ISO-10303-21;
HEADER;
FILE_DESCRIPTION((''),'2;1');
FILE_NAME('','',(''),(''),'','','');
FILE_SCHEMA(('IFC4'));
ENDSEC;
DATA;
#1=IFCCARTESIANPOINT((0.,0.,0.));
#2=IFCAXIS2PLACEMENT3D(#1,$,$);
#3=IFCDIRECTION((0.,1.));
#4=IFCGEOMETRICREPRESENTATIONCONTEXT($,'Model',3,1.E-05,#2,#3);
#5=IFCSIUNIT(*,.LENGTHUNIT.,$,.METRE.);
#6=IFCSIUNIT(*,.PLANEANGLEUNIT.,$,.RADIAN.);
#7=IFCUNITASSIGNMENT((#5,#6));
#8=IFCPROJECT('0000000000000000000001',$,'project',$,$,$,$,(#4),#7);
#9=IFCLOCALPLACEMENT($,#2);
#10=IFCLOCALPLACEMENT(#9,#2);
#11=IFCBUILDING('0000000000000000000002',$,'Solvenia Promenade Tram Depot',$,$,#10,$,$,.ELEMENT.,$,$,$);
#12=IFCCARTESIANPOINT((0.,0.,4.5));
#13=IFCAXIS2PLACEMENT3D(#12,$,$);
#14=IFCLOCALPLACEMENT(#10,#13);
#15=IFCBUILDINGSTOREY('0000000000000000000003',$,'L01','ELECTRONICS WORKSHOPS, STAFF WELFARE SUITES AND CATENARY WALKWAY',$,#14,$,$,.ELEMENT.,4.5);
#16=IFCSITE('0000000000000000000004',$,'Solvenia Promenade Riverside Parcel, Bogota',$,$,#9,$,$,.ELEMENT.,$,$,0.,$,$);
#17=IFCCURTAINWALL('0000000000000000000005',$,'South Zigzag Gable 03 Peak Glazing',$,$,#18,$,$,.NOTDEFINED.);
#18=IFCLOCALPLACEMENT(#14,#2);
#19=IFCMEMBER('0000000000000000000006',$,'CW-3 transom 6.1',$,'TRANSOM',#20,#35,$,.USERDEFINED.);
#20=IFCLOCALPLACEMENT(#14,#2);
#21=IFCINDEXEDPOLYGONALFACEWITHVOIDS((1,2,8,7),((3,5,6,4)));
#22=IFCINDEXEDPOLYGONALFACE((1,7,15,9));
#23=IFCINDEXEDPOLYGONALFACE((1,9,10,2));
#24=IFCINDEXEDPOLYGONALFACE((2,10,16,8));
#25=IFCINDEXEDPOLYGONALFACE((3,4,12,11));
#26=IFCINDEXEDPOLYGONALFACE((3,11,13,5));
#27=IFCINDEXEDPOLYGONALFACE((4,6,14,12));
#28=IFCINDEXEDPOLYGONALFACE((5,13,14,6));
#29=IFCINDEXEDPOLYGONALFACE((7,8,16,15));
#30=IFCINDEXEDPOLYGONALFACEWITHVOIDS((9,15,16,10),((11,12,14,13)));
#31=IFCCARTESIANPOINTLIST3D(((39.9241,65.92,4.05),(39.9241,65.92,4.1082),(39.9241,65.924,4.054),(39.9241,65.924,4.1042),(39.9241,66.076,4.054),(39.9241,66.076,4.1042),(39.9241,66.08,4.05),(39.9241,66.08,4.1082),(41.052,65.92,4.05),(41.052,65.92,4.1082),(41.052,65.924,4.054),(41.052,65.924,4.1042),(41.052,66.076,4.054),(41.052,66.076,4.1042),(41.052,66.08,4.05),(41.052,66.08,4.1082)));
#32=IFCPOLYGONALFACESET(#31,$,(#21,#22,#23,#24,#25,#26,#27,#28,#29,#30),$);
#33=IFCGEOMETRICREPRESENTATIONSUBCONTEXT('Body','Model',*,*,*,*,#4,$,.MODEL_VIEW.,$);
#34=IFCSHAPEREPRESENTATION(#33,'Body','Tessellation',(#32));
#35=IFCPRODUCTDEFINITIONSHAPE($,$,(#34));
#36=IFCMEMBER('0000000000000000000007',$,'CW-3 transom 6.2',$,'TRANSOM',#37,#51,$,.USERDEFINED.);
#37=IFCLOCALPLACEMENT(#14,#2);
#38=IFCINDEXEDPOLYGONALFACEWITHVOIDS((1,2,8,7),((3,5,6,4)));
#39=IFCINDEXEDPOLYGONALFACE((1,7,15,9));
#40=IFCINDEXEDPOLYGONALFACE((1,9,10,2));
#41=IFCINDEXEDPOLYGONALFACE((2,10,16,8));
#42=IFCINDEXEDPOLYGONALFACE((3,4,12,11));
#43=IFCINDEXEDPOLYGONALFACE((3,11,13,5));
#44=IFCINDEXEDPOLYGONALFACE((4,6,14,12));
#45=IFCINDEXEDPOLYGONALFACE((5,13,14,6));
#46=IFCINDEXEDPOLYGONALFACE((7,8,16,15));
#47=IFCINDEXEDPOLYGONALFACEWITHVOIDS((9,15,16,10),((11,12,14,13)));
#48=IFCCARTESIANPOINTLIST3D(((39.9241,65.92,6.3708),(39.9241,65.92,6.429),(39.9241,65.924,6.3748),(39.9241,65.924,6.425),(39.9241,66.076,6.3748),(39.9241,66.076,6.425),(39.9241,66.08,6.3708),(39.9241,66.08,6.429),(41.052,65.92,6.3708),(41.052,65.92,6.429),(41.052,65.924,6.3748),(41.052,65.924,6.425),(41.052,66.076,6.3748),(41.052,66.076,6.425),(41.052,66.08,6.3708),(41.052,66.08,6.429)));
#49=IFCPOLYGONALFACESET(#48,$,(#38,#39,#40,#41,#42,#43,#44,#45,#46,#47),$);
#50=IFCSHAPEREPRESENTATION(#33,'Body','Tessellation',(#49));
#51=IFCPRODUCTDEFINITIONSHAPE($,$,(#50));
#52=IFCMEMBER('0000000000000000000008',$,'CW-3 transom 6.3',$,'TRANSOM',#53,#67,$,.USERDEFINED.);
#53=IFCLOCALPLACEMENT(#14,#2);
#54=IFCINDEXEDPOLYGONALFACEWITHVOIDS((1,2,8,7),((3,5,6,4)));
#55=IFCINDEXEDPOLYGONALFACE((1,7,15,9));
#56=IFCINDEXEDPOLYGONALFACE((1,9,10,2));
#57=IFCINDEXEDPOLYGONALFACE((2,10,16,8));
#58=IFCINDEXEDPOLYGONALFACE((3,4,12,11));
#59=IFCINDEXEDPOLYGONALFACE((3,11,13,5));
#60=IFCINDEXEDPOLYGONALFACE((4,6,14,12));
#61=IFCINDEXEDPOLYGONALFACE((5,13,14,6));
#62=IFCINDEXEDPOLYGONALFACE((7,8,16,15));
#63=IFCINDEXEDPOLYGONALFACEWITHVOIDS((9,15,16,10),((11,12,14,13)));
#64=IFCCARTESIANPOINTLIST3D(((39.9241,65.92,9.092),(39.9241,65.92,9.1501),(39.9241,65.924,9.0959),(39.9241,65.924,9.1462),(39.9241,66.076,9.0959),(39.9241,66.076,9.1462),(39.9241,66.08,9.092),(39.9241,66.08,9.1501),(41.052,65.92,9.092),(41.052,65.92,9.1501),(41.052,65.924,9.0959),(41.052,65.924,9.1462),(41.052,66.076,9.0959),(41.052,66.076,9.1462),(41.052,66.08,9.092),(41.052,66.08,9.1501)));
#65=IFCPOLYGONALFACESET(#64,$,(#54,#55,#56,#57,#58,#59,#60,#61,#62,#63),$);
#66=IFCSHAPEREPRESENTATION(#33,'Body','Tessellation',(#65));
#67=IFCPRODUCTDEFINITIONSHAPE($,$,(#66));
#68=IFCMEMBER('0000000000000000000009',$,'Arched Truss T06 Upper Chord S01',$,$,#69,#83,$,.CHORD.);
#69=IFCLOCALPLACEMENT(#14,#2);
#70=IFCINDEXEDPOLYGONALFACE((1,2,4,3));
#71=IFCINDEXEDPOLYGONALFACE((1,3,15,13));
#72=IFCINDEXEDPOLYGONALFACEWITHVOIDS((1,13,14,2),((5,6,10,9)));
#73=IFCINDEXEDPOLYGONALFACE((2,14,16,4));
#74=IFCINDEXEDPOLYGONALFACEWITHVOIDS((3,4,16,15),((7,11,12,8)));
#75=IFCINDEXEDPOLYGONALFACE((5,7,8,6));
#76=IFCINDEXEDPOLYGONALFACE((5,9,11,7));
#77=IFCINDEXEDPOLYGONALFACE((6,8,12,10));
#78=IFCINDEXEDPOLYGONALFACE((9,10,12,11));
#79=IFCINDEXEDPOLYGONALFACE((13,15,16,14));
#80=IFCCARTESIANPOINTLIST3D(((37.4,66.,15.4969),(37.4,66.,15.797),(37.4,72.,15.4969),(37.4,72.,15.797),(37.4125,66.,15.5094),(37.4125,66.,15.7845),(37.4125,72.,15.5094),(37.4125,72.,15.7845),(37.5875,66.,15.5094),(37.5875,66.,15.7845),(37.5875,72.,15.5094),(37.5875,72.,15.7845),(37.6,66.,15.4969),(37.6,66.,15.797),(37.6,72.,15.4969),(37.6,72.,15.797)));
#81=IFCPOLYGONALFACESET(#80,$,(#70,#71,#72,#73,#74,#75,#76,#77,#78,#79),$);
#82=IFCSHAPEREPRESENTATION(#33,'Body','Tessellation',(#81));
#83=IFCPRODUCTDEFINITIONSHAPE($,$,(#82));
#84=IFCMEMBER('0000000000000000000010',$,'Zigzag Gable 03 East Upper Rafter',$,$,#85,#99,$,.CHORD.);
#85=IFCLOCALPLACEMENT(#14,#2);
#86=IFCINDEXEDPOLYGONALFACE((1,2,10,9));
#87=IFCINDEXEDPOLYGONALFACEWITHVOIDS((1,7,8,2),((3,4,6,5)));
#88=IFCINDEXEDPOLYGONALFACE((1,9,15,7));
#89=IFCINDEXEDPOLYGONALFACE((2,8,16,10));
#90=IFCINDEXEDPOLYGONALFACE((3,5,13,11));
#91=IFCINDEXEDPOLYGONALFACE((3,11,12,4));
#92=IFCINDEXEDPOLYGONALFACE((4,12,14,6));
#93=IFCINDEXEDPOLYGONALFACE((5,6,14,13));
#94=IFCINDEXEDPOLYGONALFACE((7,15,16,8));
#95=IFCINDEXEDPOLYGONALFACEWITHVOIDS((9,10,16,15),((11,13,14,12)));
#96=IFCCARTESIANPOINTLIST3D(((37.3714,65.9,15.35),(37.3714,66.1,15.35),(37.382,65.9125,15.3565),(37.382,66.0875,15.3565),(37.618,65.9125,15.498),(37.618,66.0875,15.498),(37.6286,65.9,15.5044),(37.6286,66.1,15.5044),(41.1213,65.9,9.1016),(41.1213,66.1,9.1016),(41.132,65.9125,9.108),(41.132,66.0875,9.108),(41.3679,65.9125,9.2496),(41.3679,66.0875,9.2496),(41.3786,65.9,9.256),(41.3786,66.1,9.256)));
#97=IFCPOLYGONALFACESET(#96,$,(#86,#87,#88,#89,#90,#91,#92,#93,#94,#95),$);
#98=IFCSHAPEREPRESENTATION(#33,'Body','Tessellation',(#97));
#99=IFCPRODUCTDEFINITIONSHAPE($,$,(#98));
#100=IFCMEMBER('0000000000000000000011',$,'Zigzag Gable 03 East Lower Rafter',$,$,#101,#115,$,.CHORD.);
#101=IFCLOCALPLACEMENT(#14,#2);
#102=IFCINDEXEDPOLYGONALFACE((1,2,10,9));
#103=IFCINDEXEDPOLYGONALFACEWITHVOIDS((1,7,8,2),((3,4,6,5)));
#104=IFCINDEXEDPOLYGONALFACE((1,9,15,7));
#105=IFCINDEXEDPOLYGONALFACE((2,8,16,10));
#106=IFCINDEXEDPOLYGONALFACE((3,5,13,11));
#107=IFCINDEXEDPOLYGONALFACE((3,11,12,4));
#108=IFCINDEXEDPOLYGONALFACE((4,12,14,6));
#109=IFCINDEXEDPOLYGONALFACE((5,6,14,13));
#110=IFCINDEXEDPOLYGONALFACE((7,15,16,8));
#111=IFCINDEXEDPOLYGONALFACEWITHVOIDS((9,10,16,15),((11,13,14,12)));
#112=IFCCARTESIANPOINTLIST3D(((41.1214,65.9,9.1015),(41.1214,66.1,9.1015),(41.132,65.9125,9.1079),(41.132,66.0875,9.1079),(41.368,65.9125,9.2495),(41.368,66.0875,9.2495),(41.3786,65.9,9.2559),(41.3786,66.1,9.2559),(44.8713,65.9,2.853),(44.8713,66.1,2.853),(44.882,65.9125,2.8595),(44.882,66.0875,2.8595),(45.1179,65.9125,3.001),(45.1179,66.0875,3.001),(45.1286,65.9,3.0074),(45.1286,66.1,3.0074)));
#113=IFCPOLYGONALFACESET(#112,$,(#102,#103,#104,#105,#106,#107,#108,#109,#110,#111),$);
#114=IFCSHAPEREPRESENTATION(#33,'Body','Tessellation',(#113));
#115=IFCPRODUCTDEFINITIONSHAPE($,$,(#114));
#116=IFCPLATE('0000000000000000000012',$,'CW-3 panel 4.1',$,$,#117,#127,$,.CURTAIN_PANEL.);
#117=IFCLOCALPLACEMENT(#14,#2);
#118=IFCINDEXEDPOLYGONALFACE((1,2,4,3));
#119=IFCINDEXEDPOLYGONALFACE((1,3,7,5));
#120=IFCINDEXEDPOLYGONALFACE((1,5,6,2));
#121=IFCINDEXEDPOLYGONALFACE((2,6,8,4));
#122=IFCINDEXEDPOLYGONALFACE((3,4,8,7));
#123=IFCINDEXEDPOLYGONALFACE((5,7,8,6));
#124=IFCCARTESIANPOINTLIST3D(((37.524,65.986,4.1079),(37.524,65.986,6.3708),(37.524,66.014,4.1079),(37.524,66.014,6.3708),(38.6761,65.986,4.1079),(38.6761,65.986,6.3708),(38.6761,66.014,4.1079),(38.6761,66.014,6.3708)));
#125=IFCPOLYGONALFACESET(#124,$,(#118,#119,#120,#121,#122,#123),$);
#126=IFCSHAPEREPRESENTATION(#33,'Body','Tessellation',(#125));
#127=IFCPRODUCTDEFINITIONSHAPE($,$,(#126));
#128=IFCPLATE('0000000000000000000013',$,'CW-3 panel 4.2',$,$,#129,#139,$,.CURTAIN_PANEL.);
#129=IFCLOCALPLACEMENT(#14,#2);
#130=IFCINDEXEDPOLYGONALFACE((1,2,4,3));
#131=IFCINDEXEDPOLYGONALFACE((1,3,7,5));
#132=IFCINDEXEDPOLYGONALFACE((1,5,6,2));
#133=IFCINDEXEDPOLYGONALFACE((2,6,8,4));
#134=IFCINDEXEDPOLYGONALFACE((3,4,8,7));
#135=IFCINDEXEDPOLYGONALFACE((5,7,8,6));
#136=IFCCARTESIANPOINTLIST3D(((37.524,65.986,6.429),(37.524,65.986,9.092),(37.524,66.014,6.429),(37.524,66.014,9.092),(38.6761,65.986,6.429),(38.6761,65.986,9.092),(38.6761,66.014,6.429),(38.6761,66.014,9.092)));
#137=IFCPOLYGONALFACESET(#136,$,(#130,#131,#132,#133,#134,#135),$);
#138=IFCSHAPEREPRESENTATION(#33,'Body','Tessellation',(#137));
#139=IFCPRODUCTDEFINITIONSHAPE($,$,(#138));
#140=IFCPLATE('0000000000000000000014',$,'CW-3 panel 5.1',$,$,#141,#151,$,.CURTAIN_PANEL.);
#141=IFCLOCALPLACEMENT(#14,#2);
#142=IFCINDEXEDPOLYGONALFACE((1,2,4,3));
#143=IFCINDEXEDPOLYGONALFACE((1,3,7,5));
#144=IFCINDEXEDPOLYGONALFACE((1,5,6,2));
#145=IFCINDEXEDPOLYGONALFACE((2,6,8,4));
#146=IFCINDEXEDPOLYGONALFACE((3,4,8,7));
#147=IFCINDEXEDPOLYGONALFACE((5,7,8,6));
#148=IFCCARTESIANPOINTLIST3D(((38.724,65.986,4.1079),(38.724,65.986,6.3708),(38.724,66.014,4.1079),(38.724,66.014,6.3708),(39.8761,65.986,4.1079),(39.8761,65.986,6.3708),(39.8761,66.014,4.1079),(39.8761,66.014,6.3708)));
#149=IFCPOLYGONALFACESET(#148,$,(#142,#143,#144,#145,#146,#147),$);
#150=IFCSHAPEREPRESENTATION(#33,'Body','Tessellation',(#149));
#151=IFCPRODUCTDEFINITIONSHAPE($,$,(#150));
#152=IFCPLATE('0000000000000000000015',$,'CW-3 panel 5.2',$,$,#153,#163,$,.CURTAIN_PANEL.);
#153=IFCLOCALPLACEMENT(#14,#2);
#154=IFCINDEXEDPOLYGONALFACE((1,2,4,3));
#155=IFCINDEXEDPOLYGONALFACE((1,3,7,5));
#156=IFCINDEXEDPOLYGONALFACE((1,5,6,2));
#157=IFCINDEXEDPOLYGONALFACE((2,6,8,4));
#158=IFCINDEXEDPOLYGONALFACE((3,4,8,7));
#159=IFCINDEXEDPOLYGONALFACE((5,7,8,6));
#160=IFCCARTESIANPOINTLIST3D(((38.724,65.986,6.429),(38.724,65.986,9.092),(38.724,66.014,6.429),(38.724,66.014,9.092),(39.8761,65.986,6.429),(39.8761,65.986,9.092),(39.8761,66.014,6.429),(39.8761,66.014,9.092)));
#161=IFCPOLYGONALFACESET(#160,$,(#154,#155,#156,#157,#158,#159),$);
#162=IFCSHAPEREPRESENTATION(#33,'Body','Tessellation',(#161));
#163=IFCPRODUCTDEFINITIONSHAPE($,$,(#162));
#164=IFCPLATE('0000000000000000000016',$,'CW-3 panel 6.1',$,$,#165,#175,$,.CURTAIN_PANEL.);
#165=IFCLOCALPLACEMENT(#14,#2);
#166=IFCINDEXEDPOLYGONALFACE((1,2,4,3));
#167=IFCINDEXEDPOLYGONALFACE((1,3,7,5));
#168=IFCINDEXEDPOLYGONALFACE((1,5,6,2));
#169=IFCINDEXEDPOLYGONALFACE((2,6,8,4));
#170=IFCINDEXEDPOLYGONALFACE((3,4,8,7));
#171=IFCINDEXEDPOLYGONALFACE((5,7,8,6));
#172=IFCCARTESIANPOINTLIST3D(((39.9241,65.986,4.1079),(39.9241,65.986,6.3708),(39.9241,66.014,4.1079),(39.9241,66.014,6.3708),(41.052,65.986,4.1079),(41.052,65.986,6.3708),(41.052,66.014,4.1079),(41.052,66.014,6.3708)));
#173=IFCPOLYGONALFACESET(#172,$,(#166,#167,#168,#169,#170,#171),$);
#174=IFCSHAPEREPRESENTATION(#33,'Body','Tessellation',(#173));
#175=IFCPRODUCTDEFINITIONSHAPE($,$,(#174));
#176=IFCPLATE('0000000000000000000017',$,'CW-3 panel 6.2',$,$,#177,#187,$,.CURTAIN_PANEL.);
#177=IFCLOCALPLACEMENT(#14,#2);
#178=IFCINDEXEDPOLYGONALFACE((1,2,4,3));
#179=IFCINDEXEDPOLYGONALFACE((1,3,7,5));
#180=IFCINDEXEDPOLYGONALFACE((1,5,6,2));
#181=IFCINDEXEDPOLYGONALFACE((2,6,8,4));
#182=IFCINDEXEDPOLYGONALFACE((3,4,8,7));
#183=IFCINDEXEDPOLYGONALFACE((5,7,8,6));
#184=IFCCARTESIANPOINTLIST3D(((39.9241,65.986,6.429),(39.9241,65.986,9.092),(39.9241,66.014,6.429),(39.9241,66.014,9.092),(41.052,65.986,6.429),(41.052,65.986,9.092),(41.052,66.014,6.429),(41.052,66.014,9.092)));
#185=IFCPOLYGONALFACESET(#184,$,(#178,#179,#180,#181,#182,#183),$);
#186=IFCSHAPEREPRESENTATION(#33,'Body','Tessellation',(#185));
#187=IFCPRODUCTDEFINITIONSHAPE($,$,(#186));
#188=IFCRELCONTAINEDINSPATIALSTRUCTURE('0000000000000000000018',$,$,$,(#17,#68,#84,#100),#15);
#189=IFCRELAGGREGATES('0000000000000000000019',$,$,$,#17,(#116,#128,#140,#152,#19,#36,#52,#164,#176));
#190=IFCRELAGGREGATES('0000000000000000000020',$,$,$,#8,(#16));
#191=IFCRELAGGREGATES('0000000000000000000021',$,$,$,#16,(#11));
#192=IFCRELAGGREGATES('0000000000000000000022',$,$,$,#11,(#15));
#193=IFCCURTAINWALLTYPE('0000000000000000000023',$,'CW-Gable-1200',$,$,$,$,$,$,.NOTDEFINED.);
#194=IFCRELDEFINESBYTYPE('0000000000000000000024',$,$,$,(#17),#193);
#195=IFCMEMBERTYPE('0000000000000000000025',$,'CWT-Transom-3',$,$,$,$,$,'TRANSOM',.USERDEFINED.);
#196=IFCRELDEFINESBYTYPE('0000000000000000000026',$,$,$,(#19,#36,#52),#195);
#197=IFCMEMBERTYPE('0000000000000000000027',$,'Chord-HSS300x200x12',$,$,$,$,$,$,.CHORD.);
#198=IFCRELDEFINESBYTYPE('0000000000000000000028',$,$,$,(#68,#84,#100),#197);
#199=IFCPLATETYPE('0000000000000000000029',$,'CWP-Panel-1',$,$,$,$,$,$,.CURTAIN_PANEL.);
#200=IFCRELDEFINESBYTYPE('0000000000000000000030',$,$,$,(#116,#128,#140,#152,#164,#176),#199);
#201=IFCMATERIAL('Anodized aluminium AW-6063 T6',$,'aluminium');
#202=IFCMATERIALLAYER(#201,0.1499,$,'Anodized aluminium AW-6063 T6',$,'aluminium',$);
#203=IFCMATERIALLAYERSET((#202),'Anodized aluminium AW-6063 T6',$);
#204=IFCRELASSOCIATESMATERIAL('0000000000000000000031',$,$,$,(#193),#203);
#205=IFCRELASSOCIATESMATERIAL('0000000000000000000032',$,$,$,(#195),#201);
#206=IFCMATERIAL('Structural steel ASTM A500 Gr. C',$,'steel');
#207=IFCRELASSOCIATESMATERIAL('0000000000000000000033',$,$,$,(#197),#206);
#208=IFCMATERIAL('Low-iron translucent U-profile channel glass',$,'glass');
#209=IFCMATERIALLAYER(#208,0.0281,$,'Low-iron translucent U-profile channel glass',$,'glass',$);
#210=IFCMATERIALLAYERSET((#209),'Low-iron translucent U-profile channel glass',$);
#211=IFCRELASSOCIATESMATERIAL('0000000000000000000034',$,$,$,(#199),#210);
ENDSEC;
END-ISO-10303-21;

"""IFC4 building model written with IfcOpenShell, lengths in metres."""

from ifc_helpers import new_model, si_unit, direction, frame, origin, origin_2d, place, context, subcontext, project, spatial, rectangle, hollow_rectangle, extrude, material, layer, layer_set, material_profile, profile_set, type_object, element, aggregate, save


model = new_model("IFC4")

# Units and contexts
model_context = context("Model", 3, precision=1e-05, world=origin(), true_north=direction((0.0, 1.0)))
body_context = subcontext(model_context, "Body", "Model", "MODEL_VIEW")
ifc_project = project(units=[si_unit("LENGTHUNIT", "METRE"), si_unit("PLANEANGLEUNIT", "RADIAN")], contexts=[model_context])

# Site, building, storey
site_placement = place(None, origin())
site = spatial("IfcSite", under=ifc_project, at=site_placement, Name="Solvenia Promenade Riverside Parcel, Bogota", CompositionType="ELEMENT", RefElevation=0.0)
building_placement = place(site_placement, origin())
building = spatial("IfcBuilding", under=site, at=building_placement, Name="Solvenia Promenade Tram Depot", CompositionType="ELEMENT")
storey_placement = place(building_placement, frame((0.0, 0.0, 4.5)))
storey = spatial("IfcBuildingStorey", under=building, at=storey_placement, Name="L01", Description="ELECTRONICS WORKSHOPS, STAFF WELFARE SUITES AND CATENARY WALKWAY", CompositionType="ELEMENT", Elevation=4.5)

# Curtain wall
ifc_material_1 = material(Name="Anodized aluminium AW-6063 T6", Category="aluminium")
ifc_layer_1 = layer(ifc_material_1, 0.1499, Name="Anodized aluminium AW-6063 T6", Category="aluminium")
ifc_layer_set_1 = layer_set([ifc_layer_1], Name="Anodized aluminium AW-6063 T6")
curtain_wall_type_1 = type_object("IfcCurtainWallType", Name="CW-Gable-1200", PredefinedType="NOTDEFINED", material=ifc_layer_set_1)
curtain_wall_1_placement = place(storey_placement, origin())
curtain_wall_1 = element("IfcCurtainWall", 1, at=curtain_wall_1_placement, inside=storey, type_object=curtain_wall_type_1, Name="South Zigzag Gable 03 Peak Glazing", PredefinedType="NOTDEFINED")

# Members
ifc_material_profile_1 = material_profile(ifc_material_1, hollow_rectangle(XDim=0.1599, YDim=0.0581, WallThickness=0.0039, at=origin_2d()), Name="ALU-T3", Category="aluminium")
ifc_profile_set_1 = profile_set([ifc_material_profile_1], Name="Anodized aluminium AW-6063 T6")
member_type_1 = type_object("IfcMemberType", Name="CWT-Transom-3", ElementType="TRANSOM", PredefinedType="USERDEFINED", material=ifc_profile_set_1)
member_1_placement = place(storey_placement, frame((39.9241, 66.0, 4.0791), z_axis=(1.0, 0.0, 0.0), x_axis=(0.0, 1.0, 0.0)))
member_1 = element("IfcMember", 2, at=member_1_placement, type_object=member_type_1, Name="CW-3 transom 6.1", ObjectType="TRANSOM", PredefinedType="USERDEFINED", context=body_context, shape_type="SweptSolid", body=[
    extrude(hollow_rectangle(XDim=0.1599, YDim=0.0581, WallThickness=0.0039, at=origin_2d()), origin(), (0.0, 0.0, 1.0), 1.1279),
])
member_2_placement = place(storey_placement, frame((39.9241, 66.0, 6.3999), z_axis=(1.0, 0.0, 0.0), x_axis=(0.0, 1.0, 0.0)))
member_2 = element("IfcMember", 3, at=member_2_placement, type_object=member_type_1, Name="CW-3 transom 6.2", ObjectType="TRANSOM", PredefinedType="USERDEFINED", context=body_context, shape_type="SweptSolid", body=[
    extrude(hollow_rectangle(XDim=0.1599, YDim=0.0581, WallThickness=0.0039, at=origin_2d()), origin(), (0.0, 0.0, 1.0), 1.1279),
])
member_3_placement = place(storey_placement, frame((39.9241, 66.0, 9.1211), z_axis=(1.0, 0.0, 0.0), x_axis=(0.0, 1.0, 0.0)))
member_3 = element("IfcMember", 4, at=member_3_placement, type_object=member_type_1, Name="CW-3 transom 6.3", ObjectType="TRANSOM", PredefinedType="USERDEFINED", context=body_context, shape_type="SweptSolid", body=[
    extrude(hollow_rectangle(XDim=0.1599, YDim=0.0581, WallThickness=0.0039, at=origin_2d()), origin(), (0.0, 0.0, 1.0), 1.1279),
])

# Members
ifc_material_2 = material(Name="Structural steel ASTM A500 Gr. C", Category="steel")
ifc_material_profile_2 = material_profile(ifc_material_2, hollow_rectangle(XDim=0.2, YDim=0.3, WallThickness=0.0125, at=origin_2d()), Name="HSS300x200x12.5", Category="steel")
ifc_profile_set_2 = profile_set([ifc_material_profile_2], Name="Structural steel ASTM A500 Gr. C")
member_type_2 = type_object("IfcMemberType", Name="Chord-HSS300x200x12", PredefinedType="CHORD", material=ifc_profile_set_2)
member_4_placement = place(storey_placement, frame((37.5, 66.0, 15.647), z_axis=(0.0, 1.0, 0.0), x_axis=(-1.0, 0.0, 0.0)))
element("IfcMember", 5, at=member_4_placement, inside=storey, type_object=member_type_2, Name="Arched Truss T06 Upper Chord S01", PredefinedType="CHORD", context=body_context, shape_type="SweptSolid", body=[
    extrude(hollow_rectangle(XDim=0.2, YDim=0.3, WallThickness=0.0125, at=origin_2d()), origin(), (0.0, 0.0, 1.0), 6.0),
])
for number, where, z_axis, x_axis, name in (
    (6, (37.5, 66.0, 15.4272), (0.514584, 0.0, -0.85744), (0.0, 1.0, 0.0), "Zigzag Gable 03 East Upper Rafter"),
    (7, (41.25, 66.0, 9.1787), (0.514584, 0.0, -0.85744), (0.0, 1.0, 0.0), "Zigzag Gable 03 East Lower Rafter"),
):
    element("IfcMember", number, at=place(storey_placement, frame(where, z_axis=z_axis, x_axis=x_axis)), inside=storey, type_object=member_type_2, Name=name, PredefinedType="CHORD", context=body_context, shape_type="SweptSolid", body=[
        extrude(hollow_rectangle(XDim=0.2, YDim=0.3, WallThickness=0.0125, at=origin_2d()), origin(), (0.0, 0.0, 1.0), 7.2874),
    ])

# Plates
ifc_material_3 = material(Name="Low-iron translucent U-profile channel glass", Category="glass")
ifc_layer_2 = layer(ifc_material_3, 0.0281, Name="Low-iron translucent U-profile channel glass", Category="glass")
ifc_layer_set_2 = layer_set([ifc_layer_2], Name="Low-iron translucent U-profile channel glass")
plate_type_1 = type_object("IfcPlateType", Name="CWP-Panel-1", PredefinedType="CURTAIN_PANEL", material=ifc_layer_set_2)
plate_1_placement = place(storey_placement, frame((38.1001, 66.0, 4.1079), z_axis=(0.0, 0.0, 1.0), x_axis=(1.0, 0.0, 0.0)))
plate_1 = element("IfcPlate", 8, at=plate_1_placement, type_object=plate_type_1, Name="CW-3 panel 4.1", PredefinedType="CURTAIN_PANEL", context=body_context, shape_type="SweptSolid", body=[
    extrude(rectangle(XDim=1.1521, YDim=0.0281, at=origin_2d()), origin(), (0.0, 0.0, 1.0), 2.2629),
])
plate_2_placement = place(storey_placement, frame((38.1001, 66.0, 6.429), z_axis=(0.0, 0.0, 1.0), x_axis=(1.0, 0.0, 0.0)))
plate_2 = element("IfcPlate", 9, at=plate_2_placement, type_object=plate_type_1, Name="CW-3 panel 4.2", PredefinedType="CURTAIN_PANEL", context=body_context, shape_type="SweptSolid", body=[
    extrude(rectangle(XDim=1.1521, YDim=0.0281, at=origin_2d()), origin(), (0.0, 0.0, 1.0), 2.6631),
])
plate_3_placement = place(storey_placement, frame((39.3, 66.0, 4.1079), z_axis=(0.0, 0.0, 1.0), x_axis=(1.0, 0.0, 0.0)))
plate_3 = element("IfcPlate", 10, at=plate_3_placement, type_object=plate_type_1, Name="CW-3 panel 5.1", PredefinedType="CURTAIN_PANEL", context=body_context, shape_type="SweptSolid", body=[
    extrude(rectangle(XDim=1.1521, YDim=0.0281, at=origin_2d()), origin(), (0.0, 0.0, 1.0), 2.2629),
])
plate_4_placement = place(storey_placement, frame((39.3, 66.0, 6.429), z_axis=(0.0, 0.0, 1.0), x_axis=(1.0, 0.0, 0.0)))
plate_4 = element("IfcPlate", 11, at=plate_4_placement, type_object=plate_type_1, Name="CW-3 panel 5.2", PredefinedType="CURTAIN_PANEL", context=body_context, shape_type="SweptSolid", body=[
    extrude(rectangle(XDim=1.1521, YDim=0.0281, at=origin_2d()), origin(), (0.0, 0.0, 1.0), 2.6631),
])
plate_5_placement = place(storey_placement, frame((40.488, 66.0, 4.1079), z_axis=(0.0, 0.0, 1.0), x_axis=(1.0, 0.0, 0.0)))
plate_5 = element("IfcPlate", 12, at=plate_5_placement, type_object=plate_type_1, Name="CW-3 panel 6.1", PredefinedType="CURTAIN_PANEL", context=body_context, shape_type="SweptSolid", body=[
    extrude(rectangle(XDim=1.1279, YDim=0.0281, at=origin_2d()), origin(), (0.0, 0.0, 1.0), 2.2629),
])
plate_6_placement = place(storey_placement, frame((40.488, 66.0, 6.429), z_axis=(0.0, 0.0, 1.0), x_axis=(1.0, 0.0, 0.0)))
plate_6 = element("IfcPlate", 13, at=plate_6_placement, type_object=plate_type_1, Name="CW-3 panel 6.2", PredefinedType="CURTAIN_PANEL", context=body_context, shape_type="SweptSolid", body=[
    extrude(rectangle(XDim=1.1279, YDim=0.0281, at=origin_2d()), origin(), (0.0, 0.0, 1.0), 2.6631),
])
aggregate(curtain_wall_1, [plate_1, plate_2, plate_3, plate_4, member_1, member_2, member_3, plate_5, plate_6])

save(model, "model.ifc")
